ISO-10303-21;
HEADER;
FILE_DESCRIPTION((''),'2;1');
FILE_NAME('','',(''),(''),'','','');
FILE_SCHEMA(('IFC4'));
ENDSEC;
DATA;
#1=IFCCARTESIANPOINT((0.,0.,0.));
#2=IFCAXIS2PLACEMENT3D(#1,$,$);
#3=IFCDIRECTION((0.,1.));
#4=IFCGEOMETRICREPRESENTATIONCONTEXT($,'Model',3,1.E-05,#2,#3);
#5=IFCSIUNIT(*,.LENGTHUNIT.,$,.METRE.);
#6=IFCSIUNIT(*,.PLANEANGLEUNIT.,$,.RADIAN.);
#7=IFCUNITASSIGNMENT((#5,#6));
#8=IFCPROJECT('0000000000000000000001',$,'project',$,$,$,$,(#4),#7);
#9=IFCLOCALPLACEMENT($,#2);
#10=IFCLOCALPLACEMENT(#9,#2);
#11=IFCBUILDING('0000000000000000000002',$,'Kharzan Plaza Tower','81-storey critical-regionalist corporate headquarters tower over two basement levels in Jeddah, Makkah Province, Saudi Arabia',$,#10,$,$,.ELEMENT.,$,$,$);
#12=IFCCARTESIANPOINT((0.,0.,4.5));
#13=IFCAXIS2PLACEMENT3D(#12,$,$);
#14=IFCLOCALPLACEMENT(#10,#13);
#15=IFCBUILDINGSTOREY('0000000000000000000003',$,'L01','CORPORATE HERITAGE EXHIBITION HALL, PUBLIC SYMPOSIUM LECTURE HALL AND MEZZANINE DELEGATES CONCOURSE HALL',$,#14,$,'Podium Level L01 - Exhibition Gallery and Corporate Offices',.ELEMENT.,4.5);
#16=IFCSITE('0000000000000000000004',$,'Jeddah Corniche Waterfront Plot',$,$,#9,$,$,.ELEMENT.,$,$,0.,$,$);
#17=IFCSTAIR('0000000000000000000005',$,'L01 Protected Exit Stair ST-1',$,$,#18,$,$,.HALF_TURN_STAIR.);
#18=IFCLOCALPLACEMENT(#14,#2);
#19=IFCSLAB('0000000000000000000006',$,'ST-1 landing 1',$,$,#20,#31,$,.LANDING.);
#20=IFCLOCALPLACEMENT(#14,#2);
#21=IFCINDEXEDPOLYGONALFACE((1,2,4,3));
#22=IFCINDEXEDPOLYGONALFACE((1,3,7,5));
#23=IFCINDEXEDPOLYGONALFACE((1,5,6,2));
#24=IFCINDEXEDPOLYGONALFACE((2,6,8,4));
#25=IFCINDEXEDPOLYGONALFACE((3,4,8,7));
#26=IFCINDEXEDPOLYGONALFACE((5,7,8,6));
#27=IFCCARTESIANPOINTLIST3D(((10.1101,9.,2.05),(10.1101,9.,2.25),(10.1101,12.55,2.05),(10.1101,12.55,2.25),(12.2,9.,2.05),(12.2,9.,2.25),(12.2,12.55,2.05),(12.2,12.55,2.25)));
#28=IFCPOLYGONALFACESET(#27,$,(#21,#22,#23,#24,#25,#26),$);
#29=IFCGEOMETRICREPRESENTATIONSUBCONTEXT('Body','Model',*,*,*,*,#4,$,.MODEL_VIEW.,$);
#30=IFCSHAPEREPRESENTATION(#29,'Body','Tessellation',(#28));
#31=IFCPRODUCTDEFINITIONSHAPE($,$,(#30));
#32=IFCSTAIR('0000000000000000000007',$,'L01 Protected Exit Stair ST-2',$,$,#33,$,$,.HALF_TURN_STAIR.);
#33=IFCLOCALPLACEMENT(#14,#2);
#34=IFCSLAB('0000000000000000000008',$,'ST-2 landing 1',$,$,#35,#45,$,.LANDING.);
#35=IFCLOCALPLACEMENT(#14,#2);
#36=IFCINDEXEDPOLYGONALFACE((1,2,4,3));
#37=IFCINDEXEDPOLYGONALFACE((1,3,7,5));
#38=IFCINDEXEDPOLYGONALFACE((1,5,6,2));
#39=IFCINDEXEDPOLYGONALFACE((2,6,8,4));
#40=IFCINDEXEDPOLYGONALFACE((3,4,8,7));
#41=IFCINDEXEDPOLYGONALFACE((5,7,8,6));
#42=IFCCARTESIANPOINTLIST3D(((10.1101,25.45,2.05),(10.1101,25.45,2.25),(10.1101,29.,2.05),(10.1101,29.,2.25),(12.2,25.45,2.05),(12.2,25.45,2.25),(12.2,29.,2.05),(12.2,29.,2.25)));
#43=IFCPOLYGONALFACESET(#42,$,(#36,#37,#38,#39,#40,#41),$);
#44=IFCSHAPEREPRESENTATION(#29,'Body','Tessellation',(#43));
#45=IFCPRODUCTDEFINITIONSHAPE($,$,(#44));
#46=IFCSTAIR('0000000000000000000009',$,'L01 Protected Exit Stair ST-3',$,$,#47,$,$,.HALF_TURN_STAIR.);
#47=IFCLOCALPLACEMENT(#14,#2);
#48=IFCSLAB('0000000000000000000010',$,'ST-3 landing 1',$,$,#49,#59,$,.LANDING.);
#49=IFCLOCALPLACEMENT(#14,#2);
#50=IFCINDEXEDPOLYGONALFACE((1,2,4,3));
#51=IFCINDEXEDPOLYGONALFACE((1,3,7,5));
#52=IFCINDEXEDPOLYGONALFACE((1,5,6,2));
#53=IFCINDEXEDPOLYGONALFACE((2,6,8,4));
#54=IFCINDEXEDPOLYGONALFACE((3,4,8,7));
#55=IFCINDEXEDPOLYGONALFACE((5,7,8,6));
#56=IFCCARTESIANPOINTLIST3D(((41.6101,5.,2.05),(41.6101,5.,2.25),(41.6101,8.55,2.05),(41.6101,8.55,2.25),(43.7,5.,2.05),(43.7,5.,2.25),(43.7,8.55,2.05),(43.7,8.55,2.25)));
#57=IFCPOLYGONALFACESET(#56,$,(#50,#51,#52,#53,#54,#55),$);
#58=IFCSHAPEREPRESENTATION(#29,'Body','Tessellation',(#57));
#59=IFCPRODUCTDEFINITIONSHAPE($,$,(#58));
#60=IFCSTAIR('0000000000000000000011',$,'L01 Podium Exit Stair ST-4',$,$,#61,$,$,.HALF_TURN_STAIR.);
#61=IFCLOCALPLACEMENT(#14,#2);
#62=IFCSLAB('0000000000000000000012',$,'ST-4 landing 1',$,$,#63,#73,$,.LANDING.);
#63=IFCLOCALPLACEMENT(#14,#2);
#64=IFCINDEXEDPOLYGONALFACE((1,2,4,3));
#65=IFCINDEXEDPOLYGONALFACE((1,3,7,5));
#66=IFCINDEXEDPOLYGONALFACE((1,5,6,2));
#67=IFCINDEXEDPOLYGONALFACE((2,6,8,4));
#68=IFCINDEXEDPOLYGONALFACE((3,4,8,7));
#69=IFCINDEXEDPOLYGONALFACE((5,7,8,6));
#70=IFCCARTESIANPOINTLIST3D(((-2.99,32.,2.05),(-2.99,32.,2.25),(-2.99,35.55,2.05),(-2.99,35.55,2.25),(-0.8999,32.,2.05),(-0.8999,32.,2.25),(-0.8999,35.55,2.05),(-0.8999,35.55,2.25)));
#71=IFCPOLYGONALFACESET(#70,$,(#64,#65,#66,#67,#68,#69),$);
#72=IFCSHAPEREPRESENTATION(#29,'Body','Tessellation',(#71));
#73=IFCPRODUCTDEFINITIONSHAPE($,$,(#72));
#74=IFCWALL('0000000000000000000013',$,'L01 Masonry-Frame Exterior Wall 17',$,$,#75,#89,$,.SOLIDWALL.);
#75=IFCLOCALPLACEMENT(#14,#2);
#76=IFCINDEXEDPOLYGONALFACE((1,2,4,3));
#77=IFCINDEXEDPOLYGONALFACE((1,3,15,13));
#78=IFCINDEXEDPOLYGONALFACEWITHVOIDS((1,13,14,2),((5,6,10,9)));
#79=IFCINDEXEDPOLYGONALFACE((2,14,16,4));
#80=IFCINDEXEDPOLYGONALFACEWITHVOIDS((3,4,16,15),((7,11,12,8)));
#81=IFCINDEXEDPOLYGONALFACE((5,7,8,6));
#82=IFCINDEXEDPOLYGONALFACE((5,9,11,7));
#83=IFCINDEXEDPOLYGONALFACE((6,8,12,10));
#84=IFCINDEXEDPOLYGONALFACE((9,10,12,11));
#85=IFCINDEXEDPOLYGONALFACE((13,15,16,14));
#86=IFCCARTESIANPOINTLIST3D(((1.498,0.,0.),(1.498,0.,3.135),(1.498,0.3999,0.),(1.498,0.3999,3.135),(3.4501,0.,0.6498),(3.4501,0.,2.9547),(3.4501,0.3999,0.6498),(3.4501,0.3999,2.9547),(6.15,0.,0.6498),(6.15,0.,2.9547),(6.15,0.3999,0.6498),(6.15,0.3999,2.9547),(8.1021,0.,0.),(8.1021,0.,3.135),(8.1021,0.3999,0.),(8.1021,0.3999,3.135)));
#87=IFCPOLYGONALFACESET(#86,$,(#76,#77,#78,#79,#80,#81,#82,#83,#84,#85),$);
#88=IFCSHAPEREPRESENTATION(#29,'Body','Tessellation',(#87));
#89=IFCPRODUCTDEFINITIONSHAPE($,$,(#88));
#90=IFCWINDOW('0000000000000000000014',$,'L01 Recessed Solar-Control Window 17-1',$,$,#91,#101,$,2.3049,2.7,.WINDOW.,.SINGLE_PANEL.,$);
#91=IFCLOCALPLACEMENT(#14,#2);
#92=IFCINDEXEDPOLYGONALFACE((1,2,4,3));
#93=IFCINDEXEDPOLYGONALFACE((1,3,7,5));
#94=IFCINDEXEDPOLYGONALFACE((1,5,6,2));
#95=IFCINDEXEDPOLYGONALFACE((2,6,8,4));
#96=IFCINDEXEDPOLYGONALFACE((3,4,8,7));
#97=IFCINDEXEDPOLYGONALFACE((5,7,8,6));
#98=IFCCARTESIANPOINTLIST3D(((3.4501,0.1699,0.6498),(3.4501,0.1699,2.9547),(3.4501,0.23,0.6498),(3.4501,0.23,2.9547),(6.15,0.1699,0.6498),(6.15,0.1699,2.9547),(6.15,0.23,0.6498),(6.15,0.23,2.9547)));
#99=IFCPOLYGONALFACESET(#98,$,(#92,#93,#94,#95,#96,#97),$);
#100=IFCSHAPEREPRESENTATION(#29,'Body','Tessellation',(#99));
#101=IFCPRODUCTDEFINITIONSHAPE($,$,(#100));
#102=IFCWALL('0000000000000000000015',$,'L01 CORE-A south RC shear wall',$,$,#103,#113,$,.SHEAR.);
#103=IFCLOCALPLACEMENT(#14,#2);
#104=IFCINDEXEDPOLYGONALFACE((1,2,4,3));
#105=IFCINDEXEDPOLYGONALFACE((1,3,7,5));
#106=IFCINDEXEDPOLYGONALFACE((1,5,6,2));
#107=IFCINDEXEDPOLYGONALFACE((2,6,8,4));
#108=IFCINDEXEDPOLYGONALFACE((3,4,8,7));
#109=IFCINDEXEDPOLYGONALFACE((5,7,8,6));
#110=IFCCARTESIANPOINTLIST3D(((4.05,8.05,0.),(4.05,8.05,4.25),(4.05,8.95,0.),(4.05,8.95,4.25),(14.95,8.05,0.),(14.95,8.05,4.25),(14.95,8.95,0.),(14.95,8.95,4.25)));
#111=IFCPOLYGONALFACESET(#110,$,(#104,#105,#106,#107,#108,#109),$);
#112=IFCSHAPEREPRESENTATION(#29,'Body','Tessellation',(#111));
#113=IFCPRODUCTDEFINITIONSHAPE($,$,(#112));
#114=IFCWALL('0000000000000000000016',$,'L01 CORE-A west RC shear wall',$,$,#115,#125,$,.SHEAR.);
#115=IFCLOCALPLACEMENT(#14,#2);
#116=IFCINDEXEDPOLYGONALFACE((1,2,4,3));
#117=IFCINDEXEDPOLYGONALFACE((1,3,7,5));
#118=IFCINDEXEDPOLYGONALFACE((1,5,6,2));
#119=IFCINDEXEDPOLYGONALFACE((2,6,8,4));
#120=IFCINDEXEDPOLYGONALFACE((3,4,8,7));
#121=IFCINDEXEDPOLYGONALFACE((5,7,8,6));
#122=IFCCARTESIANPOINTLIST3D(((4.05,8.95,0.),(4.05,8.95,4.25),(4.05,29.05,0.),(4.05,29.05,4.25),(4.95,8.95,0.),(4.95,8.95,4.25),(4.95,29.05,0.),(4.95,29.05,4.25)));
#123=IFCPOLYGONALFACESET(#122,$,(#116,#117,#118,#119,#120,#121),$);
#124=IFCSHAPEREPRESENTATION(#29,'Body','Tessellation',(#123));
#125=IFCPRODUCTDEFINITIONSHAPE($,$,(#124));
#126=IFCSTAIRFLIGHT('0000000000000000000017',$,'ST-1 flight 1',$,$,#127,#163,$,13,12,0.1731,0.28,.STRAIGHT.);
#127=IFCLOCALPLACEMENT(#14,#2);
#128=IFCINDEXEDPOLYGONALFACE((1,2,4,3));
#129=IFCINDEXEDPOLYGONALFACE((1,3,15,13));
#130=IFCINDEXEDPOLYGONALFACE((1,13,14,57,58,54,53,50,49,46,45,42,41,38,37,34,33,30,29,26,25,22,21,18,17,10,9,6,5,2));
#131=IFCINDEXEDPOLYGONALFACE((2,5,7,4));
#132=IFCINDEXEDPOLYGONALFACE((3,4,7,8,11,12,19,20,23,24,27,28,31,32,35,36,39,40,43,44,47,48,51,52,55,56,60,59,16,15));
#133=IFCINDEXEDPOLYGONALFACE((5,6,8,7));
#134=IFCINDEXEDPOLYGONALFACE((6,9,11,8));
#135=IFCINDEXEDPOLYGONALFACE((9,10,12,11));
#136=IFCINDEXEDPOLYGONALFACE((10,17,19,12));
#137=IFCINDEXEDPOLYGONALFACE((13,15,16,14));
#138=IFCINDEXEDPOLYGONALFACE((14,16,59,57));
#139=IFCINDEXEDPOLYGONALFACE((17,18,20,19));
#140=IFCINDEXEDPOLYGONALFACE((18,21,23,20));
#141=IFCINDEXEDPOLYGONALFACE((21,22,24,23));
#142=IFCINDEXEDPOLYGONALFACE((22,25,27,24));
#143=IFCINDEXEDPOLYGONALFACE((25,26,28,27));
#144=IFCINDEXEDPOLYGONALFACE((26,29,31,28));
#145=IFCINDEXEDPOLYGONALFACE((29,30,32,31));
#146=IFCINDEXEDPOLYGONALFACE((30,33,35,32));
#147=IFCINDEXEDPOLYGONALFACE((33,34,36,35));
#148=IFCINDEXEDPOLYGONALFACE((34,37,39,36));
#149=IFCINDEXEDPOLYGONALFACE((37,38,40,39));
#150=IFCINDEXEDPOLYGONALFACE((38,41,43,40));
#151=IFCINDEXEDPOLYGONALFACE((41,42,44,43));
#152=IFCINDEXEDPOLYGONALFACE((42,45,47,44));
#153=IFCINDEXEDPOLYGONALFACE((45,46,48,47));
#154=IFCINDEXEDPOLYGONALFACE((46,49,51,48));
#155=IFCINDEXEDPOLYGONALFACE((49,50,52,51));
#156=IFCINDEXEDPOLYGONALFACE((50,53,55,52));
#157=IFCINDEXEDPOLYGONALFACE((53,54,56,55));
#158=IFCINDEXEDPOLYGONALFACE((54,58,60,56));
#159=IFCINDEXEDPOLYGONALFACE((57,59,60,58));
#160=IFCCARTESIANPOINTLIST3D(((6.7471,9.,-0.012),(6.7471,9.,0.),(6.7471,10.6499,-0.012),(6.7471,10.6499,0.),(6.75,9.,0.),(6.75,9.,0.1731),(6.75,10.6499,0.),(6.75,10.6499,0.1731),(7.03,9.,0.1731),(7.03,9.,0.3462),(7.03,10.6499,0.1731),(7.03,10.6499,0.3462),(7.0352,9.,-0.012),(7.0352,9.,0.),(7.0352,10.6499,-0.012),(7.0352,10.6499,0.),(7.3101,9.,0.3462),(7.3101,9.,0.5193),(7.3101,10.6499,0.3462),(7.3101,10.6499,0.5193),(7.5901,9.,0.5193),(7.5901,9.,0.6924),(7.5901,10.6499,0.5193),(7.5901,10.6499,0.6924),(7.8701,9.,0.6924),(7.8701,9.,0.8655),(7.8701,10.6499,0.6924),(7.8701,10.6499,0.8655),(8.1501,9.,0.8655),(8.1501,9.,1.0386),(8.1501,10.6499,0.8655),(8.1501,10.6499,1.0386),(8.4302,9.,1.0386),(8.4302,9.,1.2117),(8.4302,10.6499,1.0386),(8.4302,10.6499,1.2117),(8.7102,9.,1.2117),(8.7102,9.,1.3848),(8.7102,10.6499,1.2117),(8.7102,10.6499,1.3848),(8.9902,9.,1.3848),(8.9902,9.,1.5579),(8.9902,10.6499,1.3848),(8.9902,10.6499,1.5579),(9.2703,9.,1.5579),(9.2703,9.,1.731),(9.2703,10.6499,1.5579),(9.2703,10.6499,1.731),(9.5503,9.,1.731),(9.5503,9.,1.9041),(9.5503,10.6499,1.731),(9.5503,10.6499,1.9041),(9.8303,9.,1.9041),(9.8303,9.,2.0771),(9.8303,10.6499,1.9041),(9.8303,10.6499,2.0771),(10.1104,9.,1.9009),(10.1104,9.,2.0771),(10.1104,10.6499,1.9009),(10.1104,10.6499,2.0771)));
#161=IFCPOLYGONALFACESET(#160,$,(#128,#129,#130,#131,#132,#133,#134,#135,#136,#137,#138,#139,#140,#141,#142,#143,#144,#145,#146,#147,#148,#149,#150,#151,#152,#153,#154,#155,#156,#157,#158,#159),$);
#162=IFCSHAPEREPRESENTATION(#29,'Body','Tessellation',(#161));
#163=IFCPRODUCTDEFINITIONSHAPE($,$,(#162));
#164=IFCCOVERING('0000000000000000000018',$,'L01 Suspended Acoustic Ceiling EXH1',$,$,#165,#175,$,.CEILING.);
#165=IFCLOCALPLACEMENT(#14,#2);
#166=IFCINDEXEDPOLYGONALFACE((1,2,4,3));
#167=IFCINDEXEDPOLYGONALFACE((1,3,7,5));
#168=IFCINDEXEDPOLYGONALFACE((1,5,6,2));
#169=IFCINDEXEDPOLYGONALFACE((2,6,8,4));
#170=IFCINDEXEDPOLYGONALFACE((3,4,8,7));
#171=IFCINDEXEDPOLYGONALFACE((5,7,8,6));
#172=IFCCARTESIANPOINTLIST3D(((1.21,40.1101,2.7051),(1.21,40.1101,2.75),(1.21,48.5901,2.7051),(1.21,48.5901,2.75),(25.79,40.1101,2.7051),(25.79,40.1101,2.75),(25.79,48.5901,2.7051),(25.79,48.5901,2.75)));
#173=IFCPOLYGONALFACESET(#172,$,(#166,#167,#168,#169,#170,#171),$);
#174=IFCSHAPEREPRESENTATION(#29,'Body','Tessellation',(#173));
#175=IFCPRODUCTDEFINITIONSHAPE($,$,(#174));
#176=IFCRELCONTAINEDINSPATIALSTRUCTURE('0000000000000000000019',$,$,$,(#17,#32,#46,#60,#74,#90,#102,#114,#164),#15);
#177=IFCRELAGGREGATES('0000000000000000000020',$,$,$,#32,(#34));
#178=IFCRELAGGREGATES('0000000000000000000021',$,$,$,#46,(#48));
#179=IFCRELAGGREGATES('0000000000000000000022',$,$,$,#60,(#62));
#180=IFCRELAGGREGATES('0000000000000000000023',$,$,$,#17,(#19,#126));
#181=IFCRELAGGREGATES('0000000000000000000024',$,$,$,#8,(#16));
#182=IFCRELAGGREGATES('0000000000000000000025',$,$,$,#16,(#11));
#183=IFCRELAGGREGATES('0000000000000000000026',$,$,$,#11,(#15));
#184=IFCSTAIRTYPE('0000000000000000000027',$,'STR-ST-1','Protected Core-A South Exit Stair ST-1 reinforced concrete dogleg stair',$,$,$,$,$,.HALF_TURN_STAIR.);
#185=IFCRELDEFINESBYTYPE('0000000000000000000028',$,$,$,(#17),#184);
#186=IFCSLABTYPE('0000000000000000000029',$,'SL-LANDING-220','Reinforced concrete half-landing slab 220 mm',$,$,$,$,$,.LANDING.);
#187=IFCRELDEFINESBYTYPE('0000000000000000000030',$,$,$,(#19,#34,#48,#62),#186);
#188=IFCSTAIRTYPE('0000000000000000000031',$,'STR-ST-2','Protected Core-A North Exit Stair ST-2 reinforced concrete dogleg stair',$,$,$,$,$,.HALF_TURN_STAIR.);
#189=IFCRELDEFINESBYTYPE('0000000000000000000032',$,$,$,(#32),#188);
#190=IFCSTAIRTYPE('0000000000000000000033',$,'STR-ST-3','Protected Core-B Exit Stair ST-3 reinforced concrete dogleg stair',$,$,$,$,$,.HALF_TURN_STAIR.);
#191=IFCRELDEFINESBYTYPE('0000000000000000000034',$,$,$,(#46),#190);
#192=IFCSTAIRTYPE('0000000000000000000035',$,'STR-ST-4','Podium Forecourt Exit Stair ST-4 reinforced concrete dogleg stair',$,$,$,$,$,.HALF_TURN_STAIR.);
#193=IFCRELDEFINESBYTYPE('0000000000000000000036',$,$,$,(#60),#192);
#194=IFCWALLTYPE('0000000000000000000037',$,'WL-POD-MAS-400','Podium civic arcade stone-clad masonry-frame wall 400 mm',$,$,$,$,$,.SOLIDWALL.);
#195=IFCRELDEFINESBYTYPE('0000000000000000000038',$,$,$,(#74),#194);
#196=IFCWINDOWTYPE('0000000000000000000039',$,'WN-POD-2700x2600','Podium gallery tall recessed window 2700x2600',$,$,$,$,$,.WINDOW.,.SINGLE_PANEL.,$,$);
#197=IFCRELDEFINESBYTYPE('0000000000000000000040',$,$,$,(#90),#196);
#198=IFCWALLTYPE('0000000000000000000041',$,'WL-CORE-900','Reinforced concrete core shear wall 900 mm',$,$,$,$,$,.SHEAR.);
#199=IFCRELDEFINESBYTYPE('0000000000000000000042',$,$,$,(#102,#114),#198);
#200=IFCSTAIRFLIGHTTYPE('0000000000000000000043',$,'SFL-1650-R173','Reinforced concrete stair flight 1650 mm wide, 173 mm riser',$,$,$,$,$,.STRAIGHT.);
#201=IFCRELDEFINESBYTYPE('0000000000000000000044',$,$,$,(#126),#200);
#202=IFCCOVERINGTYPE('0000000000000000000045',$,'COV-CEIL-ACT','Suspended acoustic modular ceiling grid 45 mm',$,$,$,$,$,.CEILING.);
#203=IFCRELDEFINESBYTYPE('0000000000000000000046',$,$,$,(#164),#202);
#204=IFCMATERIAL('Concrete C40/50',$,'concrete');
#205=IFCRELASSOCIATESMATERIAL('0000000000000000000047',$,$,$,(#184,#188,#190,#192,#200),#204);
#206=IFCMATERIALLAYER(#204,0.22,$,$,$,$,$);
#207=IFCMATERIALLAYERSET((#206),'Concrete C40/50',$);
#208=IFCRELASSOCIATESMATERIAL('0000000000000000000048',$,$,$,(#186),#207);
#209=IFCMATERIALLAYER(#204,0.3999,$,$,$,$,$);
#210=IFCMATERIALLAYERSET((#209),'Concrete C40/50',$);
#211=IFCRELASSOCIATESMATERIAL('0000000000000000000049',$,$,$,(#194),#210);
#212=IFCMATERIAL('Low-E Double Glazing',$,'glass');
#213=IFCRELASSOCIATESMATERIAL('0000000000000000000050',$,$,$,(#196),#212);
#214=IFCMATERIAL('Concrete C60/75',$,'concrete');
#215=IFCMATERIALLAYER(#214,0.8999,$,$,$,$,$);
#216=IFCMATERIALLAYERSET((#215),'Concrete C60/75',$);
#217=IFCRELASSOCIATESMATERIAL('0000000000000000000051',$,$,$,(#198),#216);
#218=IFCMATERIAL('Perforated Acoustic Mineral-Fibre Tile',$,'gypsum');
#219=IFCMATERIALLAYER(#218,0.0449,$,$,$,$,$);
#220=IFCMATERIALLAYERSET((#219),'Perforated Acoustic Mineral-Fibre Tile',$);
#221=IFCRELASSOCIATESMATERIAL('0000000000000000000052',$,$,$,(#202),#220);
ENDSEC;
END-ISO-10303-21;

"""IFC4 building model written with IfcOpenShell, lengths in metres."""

from ifc_helpers import new_model, si_unit, direction, frame, frame_2d, origin, place, context, subcontext, project, spatial, polyline, rectangle, outline, extrude, source, transform, mapped, material, layer, layer_set, type_object, element, fill, aggregate, save


model = new_model("IFC4")

# Units and contexts
model_context = context("Model", 3, precision=1e-05, world=origin(), true_north=direction((0.0, 1.0)))
body_context = subcontext(model_context, "Body", "Model", "MODEL_VIEW")
ifc_project = project(units=[si_unit("LENGTHUNIT", "METRE"), si_unit("PLANEANGLEUNIT", "RADIAN")], contexts=[model_context])

# Site, building, storey
site_placement = place(None, origin())
site = spatial("IfcSite", under=ifc_project, at=site_placement, Name="Jeddah Corniche Waterfront Plot", CompositionType="ELEMENT", RefElevation=0.0)
building_placement = place(site_placement, origin())
building = spatial("IfcBuilding", under=site, at=building_placement, Name="Kharzan Plaza Tower", Description="81-storey critical-regionalist corporate headquarters tower over two basement levels in Jeddah, Makkah Province, Saudi Arabia", CompositionType="ELEMENT")
storey_placement = place(building_placement, frame((0.0, 0.0, 4.5)))
storey = spatial("IfcBuildingStorey", under=building, at=storey_placement, Name="L01", Description="CORPORATE HERITAGE EXHIBITION HALL, PUBLIC SYMPOSIUM LECTURE HALL AND MEZZANINE DELEGATES CONCOURSE HALL", LongName="Podium Level L01 - Exhibition Gallery and Corporate Offices", CompositionType="ELEMENT", Elevation=4.5)

# Shared definitions
ifc_material_1 = material(Name="Concrete C60/75", Category="concrete")

# Shared definitions
ifc_material_2 = material(Name="Concrete C40/50", Category="concrete")

# Stairs, slabs
stair_type_1 = type_object("IfcStairType", Name="STR-ST-1", Description="Protected Core-A South Exit Stair ST-1 reinforced concrete dogleg stair", PredefinedType="HALF_TURN_STAIR", material=ifc_material_2)
stair_1_placement = place(storey_placement, origin())
stair_1 = element("IfcStair", 1, at=stair_1_placement, inside=storey, type_object=stair_type_1, Name="L01 Protected Exit Stair ST-1", PredefinedType="HALF_TURN_STAIR")
ifc_layer_1 = layer(ifc_material_2, 0.22)
ifc_layer_set_1 = layer_set([ifc_layer_1], Name="Concrete C40/50")
slab_type_1 = type_object("IfcSlabType", Name="SL-LANDING-220", Description="Reinforced concrete half-landing slab 220 mm", PredefinedType="LANDING", material=ifc_layer_set_1)
slab_1_placement = place(storey_placement, frame((0.0, 0.0, 2.05)))
slab_1 = element("IfcSlab", 2, at=slab_1_placement, type_object=slab_type_1, Name="ST-1 landing 1", PredefinedType="LANDING", context=body_context, shape_type="SweptSolid", body=[
    extrude(outline(polyline([(10.1101, 9.0), (12.2, 9.0), (12.2, 12.55), (10.1101, 12.55), (10.1101, 9.0)])), origin(), (0.0, 0.0, 1.0), 0.2),
])
stair_type_2 = type_object("IfcStairType", Name="STR-ST-2", Description="Protected Core-A North Exit Stair ST-2 reinforced concrete dogleg stair", PredefinedType="HALF_TURN_STAIR", material=ifc_material_2)
stair_2_placement = place(storey_placement, origin())
stair_2 = element("IfcStair", 3, at=stair_2_placement, inside=storey, type_object=stair_type_2, Name="L01 Protected Exit Stair ST-2", PredefinedType="HALF_TURN_STAIR")
slab_2_placement = place(storey_placement, frame((0.0, 0.0, 2.05)))
slab_2 = element("IfcSlab", 4, at=slab_2_placement, type_object=slab_type_1, Name="ST-2 landing 1", PredefinedType="LANDING", context=body_context, shape_type="SweptSolid", body=[
    extrude(outline(polyline([(10.1101, 25.45), (12.2, 25.45), (12.2, 29.0), (10.1101, 29.0), (10.1101, 25.45)])), origin(), (0.0, 0.0, 1.0), 0.2),
])
aggregate(stair_2, [slab_2])
stair_type_3 = type_object("IfcStairType", Name="STR-ST-3", Description="Protected Core-B Exit Stair ST-3 reinforced concrete dogleg stair", PredefinedType="HALF_TURN_STAIR", material=ifc_material_2)
stair_3_placement = place(storey_placement, origin())
stair_3 = element("IfcStair", 5, at=stair_3_placement, inside=storey, type_object=stair_type_3, Name="L01 Protected Exit Stair ST-3", PredefinedType="HALF_TURN_STAIR")
slab_3_placement = place(storey_placement, frame((0.0, 0.0, 2.05)))
slab_3 = element("IfcSlab", 6, at=slab_3_placement, type_object=slab_type_1, Name="ST-3 landing 1", PredefinedType="LANDING", context=body_context, shape_type="SweptSolid", body=[
    extrude(outline(polyline([(41.6101, 5.0), (43.7, 5.0), (43.7, 8.55), (41.6101, 8.55), (41.6101, 5.0)])), origin(), (0.0, 0.0, 1.0), 0.2),
])
aggregate(stair_3, [slab_3])
stair_type_4 = type_object("IfcStairType", Name="STR-ST-4", Description="Podium Forecourt Exit Stair ST-4 reinforced concrete dogleg stair", PredefinedType="HALF_TURN_STAIR", material=ifc_material_2)
stair_4_placement = place(storey_placement, origin())
stair_4 = element("IfcStair", 7, at=stair_4_placement, inside=storey, type_object=stair_type_4, Name="L01 Podium Exit Stair ST-4", PredefinedType="HALF_TURN_STAIR")
slab_4_placement = place(storey_placement, frame((0.0, 0.0, 2.05)))
slab_4 = element("IfcSlab", 8, at=slab_4_placement, type_object=slab_type_1, Name="ST-4 landing 1", PredefinedType="LANDING", context=body_context, shape_type="SweptSolid", body=[
    extrude(outline(polyline([(-2.99, 32.0), (-0.8999, 32.0), (-0.8999, 35.55), (-2.99, 35.55), (-2.99, 32.0)])), origin(), (0.0, 0.0, 1.0), 0.2),
])
aggregate(stair_4, [slab_4])

# Wall, opening, window
ifc_layer_2 = layer(ifc_material_2, 0.3999)
ifc_layer_set_2 = layer_set([ifc_layer_2], Name="Concrete C40/50")
wall_type_1 = type_object("IfcWallType", Name="WL-POD-MAS-400", Description="Podium civic arcade stone-clad masonry-frame wall 400 mm", PredefinedType="SOLIDWALL", material=ifc_layer_set_2)
wall_1_placement = place(storey_placement, frame((1.498, 0.2, 0.0), z_axis=(0.0, 0.0, 1.0), x_axis=(1.0, 0.0, 0.0)))
wall_1 = element("IfcWall", 9, at=wall_1_placement, inside=storey, type_object=wall_type_1, Name="L01 Masonry-Frame Exterior Wall 17", PredefinedType="SOLIDWALL", context=body_context, shape_type="SweptSolid", body=[
    extrude(rectangle(XDim=6.604, YDim=0.3999, at=frame_2d((3.302, 0.0))), origin(), (0.0, 0.0, 1.0), 3.135),
])
opening_placement = place(wall_1_placement, frame((1.9519, 0.0, 0.6499)))
opening = element("IfcOpeningElement", 10, at=opening_placement, cuts=wall_1, PredefinedType="OPENING", context=body_context, shape_type="SweptSolid", body=[
    extrude(rectangle(XDim=2.7, YDim=2.3049, at=frame_2d((1.3501, 1.1523))), frame((0.0, 0.21, 0.0), z_axis=(0.0, -1.0, 0.0), x_axis=(1.0, 0.0, 0.0)), (0.0, 0.0, 1.0), 0.4199),
])
ifc_material_3 = material(Name="Low-E Double Glazing", Category="glass")
window_type = type_object("IfcWindowType", Name="WN-POD-2700x2600", Description="Podium gallery tall recessed window 2700x2600", PartitioningType="SINGLE_PANEL", PredefinedType="WINDOW", material=ifc_material_3)
shared_shape_1 = source(origin(), body_context, "Body", "SweptSolid", [
    extrude(rectangle(XDim=2.7, YDim=2.3049, at=frame_2d((1.3501, 1.1523))), frame((0.0, 0.03, 0.0), z_axis=(0.0, -1.0, 0.0), x_axis=(1.0, 0.0, 0.0)), (0.0, 0.0, 1.0), 0.0601),
])
window_placement = place(opening_placement, origin())
window = element("IfcWindow", 11, at=window_placement, inside=storey, type_object=window_type, Name="L01 Recessed Solar-Control Window 17-1", OverallHeight=2.3049, OverallWidth=2.7, PartitioningType="SINGLE_PANEL", PredefinedType="WINDOW", context=body_context, shape_type="MappedRepresentation", body=[
    mapped(shared_shape_1, transform((0.0, 0.0, 0.0), x_axis=(1.0, 0.0, 0.0), y_axis=(0.0, 1.0, 0.0), z_axis=(0.0, 0.0, 1.0))),
])
fill(opening, window)

# Walls
ifc_layer_3 = layer(ifc_material_1, 0.8999)
ifc_layer_set_3 = layer_set([ifc_layer_3], Name="Concrete C60/75")
wall_type_2 = type_object("IfcWallType", Name="WL-CORE-900", Description="Reinforced concrete core shear wall 900 mm", PredefinedType="SHEAR", material=ifc_layer_set_3)
shared_shape_2 = source(origin(), body_context, "Body", "SweptSolid", [
    extrude(rectangle(XDim=10.8999, YDim=0.8999, at=frame_2d((5.45, 0.0))), origin(), (0.0, 0.0, 1.0), 4.25),
])
wall_2_placement = place(storey_placement, frame((4.05, 8.5, 0.0), z_axis=(0.0, 0.0, 1.0), x_axis=(1.0, 0.0, 0.0)))
element("IfcWall", 12, at=wall_2_placement, inside=storey, type_object=wall_type_2, Name="L01 CORE-A south RC shear wall", PredefinedType="SHEAR", context=body_context, shape_type="MappedRepresentation", body=[
    mapped(shared_shape_2, transform((0.0, 0.0, 0.0), x_axis=(1.0, 0.0, 0.0), y_axis=(0.0, 1.0, 0.0), z_axis=(0.0, 0.0, 1.0))),
])
shared_shape_3 = source(origin(), body_context, "Body", "SweptSolid", [
    extrude(rectangle(XDim=20.1001, YDim=0.8999, at=frame_2d((10.05, 0.0))), origin(), (0.0, 0.0, 1.0), 4.25),
])
wall_3_placement = place(storey_placement, frame((4.5, 8.95, 0.0), z_axis=(0.0, 0.0, 1.0), x_axis=(0.0, 1.0, 0.0)))
element("IfcWall", 13, at=wall_3_placement, inside=storey, type_object=wall_type_2, Name="L01 CORE-A west RC shear wall", PredefinedType="SHEAR", context=body_context, shape_type="MappedRepresentation", body=[
    mapped(shared_shape_3, transform((0.0, 0.0, 0.0), x_axis=(1.0, 0.0, 0.0), y_axis=(0.0, 1.0, 0.0), z_axis=(0.0, 0.0, 1.0))),
])

# Stair flight
stair_flight_type = type_object("IfcStairFlightType", Name="SFL-1650-R173", Description="Reinforced concrete stair flight 1650 mm wide, 173 mm riser", PredefinedType="STRAIGHT", material=ifc_material_2)
shared_shape_4 = source(origin(), body_context, "Body", "SweptSolid", [
    extrude(outline(polyline([(-0.0029, -0.012), (-0.0029, 0.0), (0.0, 0.0), (0.0, 0.1731), (0.28, 0.1731), (0.28, 0.3462), (0.5601, 0.3462), (0.5601, 0.5193), (0.8401, 0.5193), (0.8401, 0.6924), (1.1201, 0.6924), (1.1201, 0.8655), (1.4001, 0.8655), (1.4001, 1.0386), (1.6802, 1.0386), (1.6802, 1.2117), (1.9602, 1.2117), (1.9602, 1.3848), (2.2402, 1.3848), (2.2402, 1.5579), (2.5203, 1.5579), (2.5203, 1.731), (2.8003, 1.731), (2.8003, 1.9041), (3.0803, 1.9041), (3.0803, 2.0771), (3.3604, 2.0771), (3.3604, 2.2502), (3.3604, 1.9009), (0.2852, 0.0), (0.2852, -0.012), (-0.0029, -0.012)])), frame((0.0, 0.825, 0.0), z_axis=(0.0, -1.0, 0.0), x_axis=(1.0, 0.0, 0.0)), (0.0, 0.0, 1.0), 1.6499),
])
stair_flight_placement = place(storey_placement, frame((6.75, 9.825, 0.0), z_axis=(0.0, 0.0, 1.0), x_axis=(1.0, 0.0, 0.0)))
stair_flight = element("IfcStairFlight", 14, at=stair_flight_placement, type_object=stair_flight_type, Name="ST-1 flight 1", NumberOfRisers=13, NumberOfTreads=12, PredefinedType="STRAIGHT", RiserHeight=0.1731, TreadLength=0.28, context=body_context, shape_type="MappedRepresentation", body=[
    mapped(shared_shape_4, transform((0.0, 0.0, 0.0), x_axis=(1.0, 0.0, 0.0), y_axis=(0.0, 1.0, 0.0), z_axis=(0.0, 0.0, 1.0))),
])
aggregate(stair_1, [slab_1, stair_flight])

# Covering
ifc_material_4 = material(Name="Perforated Acoustic Mineral-Fibre Tile", Category="gypsum")
ifc_layer_4 = layer(ifc_material_4, 0.0449)
ifc_layer_set_4 = layer_set([ifc_layer_4], Name="Perforated Acoustic Mineral-Fibre Tile")
covering_type_1 = type_object("IfcCoveringType", Name="COV-CEIL-ACT", Description="Suspended acoustic modular ceiling grid 45 mm", PredefinedType="CEILING", material=ifc_layer_set_4)
covering_1_placement = place(storey_placement, frame((0.0, 0.0, 2.7051)))
element("IfcCovering", 15, at=covering_1_placement, inside=storey, type_object=covering_type_1, Name="L01 Suspended Acoustic Ceiling EXH1", PredefinedType="CEILING", context=body_context, shape_type="SweptSolid", body=[
    extrude(outline(polyline([(1.21, 40.1101), (25.79, 40.1101), (25.79, 48.5901), (1.21, 48.5901), (1.21, 40.1101)])), origin(), (0.0, 0.0, 1.0), 0.0449),
])

save(model, "model.ifc")
